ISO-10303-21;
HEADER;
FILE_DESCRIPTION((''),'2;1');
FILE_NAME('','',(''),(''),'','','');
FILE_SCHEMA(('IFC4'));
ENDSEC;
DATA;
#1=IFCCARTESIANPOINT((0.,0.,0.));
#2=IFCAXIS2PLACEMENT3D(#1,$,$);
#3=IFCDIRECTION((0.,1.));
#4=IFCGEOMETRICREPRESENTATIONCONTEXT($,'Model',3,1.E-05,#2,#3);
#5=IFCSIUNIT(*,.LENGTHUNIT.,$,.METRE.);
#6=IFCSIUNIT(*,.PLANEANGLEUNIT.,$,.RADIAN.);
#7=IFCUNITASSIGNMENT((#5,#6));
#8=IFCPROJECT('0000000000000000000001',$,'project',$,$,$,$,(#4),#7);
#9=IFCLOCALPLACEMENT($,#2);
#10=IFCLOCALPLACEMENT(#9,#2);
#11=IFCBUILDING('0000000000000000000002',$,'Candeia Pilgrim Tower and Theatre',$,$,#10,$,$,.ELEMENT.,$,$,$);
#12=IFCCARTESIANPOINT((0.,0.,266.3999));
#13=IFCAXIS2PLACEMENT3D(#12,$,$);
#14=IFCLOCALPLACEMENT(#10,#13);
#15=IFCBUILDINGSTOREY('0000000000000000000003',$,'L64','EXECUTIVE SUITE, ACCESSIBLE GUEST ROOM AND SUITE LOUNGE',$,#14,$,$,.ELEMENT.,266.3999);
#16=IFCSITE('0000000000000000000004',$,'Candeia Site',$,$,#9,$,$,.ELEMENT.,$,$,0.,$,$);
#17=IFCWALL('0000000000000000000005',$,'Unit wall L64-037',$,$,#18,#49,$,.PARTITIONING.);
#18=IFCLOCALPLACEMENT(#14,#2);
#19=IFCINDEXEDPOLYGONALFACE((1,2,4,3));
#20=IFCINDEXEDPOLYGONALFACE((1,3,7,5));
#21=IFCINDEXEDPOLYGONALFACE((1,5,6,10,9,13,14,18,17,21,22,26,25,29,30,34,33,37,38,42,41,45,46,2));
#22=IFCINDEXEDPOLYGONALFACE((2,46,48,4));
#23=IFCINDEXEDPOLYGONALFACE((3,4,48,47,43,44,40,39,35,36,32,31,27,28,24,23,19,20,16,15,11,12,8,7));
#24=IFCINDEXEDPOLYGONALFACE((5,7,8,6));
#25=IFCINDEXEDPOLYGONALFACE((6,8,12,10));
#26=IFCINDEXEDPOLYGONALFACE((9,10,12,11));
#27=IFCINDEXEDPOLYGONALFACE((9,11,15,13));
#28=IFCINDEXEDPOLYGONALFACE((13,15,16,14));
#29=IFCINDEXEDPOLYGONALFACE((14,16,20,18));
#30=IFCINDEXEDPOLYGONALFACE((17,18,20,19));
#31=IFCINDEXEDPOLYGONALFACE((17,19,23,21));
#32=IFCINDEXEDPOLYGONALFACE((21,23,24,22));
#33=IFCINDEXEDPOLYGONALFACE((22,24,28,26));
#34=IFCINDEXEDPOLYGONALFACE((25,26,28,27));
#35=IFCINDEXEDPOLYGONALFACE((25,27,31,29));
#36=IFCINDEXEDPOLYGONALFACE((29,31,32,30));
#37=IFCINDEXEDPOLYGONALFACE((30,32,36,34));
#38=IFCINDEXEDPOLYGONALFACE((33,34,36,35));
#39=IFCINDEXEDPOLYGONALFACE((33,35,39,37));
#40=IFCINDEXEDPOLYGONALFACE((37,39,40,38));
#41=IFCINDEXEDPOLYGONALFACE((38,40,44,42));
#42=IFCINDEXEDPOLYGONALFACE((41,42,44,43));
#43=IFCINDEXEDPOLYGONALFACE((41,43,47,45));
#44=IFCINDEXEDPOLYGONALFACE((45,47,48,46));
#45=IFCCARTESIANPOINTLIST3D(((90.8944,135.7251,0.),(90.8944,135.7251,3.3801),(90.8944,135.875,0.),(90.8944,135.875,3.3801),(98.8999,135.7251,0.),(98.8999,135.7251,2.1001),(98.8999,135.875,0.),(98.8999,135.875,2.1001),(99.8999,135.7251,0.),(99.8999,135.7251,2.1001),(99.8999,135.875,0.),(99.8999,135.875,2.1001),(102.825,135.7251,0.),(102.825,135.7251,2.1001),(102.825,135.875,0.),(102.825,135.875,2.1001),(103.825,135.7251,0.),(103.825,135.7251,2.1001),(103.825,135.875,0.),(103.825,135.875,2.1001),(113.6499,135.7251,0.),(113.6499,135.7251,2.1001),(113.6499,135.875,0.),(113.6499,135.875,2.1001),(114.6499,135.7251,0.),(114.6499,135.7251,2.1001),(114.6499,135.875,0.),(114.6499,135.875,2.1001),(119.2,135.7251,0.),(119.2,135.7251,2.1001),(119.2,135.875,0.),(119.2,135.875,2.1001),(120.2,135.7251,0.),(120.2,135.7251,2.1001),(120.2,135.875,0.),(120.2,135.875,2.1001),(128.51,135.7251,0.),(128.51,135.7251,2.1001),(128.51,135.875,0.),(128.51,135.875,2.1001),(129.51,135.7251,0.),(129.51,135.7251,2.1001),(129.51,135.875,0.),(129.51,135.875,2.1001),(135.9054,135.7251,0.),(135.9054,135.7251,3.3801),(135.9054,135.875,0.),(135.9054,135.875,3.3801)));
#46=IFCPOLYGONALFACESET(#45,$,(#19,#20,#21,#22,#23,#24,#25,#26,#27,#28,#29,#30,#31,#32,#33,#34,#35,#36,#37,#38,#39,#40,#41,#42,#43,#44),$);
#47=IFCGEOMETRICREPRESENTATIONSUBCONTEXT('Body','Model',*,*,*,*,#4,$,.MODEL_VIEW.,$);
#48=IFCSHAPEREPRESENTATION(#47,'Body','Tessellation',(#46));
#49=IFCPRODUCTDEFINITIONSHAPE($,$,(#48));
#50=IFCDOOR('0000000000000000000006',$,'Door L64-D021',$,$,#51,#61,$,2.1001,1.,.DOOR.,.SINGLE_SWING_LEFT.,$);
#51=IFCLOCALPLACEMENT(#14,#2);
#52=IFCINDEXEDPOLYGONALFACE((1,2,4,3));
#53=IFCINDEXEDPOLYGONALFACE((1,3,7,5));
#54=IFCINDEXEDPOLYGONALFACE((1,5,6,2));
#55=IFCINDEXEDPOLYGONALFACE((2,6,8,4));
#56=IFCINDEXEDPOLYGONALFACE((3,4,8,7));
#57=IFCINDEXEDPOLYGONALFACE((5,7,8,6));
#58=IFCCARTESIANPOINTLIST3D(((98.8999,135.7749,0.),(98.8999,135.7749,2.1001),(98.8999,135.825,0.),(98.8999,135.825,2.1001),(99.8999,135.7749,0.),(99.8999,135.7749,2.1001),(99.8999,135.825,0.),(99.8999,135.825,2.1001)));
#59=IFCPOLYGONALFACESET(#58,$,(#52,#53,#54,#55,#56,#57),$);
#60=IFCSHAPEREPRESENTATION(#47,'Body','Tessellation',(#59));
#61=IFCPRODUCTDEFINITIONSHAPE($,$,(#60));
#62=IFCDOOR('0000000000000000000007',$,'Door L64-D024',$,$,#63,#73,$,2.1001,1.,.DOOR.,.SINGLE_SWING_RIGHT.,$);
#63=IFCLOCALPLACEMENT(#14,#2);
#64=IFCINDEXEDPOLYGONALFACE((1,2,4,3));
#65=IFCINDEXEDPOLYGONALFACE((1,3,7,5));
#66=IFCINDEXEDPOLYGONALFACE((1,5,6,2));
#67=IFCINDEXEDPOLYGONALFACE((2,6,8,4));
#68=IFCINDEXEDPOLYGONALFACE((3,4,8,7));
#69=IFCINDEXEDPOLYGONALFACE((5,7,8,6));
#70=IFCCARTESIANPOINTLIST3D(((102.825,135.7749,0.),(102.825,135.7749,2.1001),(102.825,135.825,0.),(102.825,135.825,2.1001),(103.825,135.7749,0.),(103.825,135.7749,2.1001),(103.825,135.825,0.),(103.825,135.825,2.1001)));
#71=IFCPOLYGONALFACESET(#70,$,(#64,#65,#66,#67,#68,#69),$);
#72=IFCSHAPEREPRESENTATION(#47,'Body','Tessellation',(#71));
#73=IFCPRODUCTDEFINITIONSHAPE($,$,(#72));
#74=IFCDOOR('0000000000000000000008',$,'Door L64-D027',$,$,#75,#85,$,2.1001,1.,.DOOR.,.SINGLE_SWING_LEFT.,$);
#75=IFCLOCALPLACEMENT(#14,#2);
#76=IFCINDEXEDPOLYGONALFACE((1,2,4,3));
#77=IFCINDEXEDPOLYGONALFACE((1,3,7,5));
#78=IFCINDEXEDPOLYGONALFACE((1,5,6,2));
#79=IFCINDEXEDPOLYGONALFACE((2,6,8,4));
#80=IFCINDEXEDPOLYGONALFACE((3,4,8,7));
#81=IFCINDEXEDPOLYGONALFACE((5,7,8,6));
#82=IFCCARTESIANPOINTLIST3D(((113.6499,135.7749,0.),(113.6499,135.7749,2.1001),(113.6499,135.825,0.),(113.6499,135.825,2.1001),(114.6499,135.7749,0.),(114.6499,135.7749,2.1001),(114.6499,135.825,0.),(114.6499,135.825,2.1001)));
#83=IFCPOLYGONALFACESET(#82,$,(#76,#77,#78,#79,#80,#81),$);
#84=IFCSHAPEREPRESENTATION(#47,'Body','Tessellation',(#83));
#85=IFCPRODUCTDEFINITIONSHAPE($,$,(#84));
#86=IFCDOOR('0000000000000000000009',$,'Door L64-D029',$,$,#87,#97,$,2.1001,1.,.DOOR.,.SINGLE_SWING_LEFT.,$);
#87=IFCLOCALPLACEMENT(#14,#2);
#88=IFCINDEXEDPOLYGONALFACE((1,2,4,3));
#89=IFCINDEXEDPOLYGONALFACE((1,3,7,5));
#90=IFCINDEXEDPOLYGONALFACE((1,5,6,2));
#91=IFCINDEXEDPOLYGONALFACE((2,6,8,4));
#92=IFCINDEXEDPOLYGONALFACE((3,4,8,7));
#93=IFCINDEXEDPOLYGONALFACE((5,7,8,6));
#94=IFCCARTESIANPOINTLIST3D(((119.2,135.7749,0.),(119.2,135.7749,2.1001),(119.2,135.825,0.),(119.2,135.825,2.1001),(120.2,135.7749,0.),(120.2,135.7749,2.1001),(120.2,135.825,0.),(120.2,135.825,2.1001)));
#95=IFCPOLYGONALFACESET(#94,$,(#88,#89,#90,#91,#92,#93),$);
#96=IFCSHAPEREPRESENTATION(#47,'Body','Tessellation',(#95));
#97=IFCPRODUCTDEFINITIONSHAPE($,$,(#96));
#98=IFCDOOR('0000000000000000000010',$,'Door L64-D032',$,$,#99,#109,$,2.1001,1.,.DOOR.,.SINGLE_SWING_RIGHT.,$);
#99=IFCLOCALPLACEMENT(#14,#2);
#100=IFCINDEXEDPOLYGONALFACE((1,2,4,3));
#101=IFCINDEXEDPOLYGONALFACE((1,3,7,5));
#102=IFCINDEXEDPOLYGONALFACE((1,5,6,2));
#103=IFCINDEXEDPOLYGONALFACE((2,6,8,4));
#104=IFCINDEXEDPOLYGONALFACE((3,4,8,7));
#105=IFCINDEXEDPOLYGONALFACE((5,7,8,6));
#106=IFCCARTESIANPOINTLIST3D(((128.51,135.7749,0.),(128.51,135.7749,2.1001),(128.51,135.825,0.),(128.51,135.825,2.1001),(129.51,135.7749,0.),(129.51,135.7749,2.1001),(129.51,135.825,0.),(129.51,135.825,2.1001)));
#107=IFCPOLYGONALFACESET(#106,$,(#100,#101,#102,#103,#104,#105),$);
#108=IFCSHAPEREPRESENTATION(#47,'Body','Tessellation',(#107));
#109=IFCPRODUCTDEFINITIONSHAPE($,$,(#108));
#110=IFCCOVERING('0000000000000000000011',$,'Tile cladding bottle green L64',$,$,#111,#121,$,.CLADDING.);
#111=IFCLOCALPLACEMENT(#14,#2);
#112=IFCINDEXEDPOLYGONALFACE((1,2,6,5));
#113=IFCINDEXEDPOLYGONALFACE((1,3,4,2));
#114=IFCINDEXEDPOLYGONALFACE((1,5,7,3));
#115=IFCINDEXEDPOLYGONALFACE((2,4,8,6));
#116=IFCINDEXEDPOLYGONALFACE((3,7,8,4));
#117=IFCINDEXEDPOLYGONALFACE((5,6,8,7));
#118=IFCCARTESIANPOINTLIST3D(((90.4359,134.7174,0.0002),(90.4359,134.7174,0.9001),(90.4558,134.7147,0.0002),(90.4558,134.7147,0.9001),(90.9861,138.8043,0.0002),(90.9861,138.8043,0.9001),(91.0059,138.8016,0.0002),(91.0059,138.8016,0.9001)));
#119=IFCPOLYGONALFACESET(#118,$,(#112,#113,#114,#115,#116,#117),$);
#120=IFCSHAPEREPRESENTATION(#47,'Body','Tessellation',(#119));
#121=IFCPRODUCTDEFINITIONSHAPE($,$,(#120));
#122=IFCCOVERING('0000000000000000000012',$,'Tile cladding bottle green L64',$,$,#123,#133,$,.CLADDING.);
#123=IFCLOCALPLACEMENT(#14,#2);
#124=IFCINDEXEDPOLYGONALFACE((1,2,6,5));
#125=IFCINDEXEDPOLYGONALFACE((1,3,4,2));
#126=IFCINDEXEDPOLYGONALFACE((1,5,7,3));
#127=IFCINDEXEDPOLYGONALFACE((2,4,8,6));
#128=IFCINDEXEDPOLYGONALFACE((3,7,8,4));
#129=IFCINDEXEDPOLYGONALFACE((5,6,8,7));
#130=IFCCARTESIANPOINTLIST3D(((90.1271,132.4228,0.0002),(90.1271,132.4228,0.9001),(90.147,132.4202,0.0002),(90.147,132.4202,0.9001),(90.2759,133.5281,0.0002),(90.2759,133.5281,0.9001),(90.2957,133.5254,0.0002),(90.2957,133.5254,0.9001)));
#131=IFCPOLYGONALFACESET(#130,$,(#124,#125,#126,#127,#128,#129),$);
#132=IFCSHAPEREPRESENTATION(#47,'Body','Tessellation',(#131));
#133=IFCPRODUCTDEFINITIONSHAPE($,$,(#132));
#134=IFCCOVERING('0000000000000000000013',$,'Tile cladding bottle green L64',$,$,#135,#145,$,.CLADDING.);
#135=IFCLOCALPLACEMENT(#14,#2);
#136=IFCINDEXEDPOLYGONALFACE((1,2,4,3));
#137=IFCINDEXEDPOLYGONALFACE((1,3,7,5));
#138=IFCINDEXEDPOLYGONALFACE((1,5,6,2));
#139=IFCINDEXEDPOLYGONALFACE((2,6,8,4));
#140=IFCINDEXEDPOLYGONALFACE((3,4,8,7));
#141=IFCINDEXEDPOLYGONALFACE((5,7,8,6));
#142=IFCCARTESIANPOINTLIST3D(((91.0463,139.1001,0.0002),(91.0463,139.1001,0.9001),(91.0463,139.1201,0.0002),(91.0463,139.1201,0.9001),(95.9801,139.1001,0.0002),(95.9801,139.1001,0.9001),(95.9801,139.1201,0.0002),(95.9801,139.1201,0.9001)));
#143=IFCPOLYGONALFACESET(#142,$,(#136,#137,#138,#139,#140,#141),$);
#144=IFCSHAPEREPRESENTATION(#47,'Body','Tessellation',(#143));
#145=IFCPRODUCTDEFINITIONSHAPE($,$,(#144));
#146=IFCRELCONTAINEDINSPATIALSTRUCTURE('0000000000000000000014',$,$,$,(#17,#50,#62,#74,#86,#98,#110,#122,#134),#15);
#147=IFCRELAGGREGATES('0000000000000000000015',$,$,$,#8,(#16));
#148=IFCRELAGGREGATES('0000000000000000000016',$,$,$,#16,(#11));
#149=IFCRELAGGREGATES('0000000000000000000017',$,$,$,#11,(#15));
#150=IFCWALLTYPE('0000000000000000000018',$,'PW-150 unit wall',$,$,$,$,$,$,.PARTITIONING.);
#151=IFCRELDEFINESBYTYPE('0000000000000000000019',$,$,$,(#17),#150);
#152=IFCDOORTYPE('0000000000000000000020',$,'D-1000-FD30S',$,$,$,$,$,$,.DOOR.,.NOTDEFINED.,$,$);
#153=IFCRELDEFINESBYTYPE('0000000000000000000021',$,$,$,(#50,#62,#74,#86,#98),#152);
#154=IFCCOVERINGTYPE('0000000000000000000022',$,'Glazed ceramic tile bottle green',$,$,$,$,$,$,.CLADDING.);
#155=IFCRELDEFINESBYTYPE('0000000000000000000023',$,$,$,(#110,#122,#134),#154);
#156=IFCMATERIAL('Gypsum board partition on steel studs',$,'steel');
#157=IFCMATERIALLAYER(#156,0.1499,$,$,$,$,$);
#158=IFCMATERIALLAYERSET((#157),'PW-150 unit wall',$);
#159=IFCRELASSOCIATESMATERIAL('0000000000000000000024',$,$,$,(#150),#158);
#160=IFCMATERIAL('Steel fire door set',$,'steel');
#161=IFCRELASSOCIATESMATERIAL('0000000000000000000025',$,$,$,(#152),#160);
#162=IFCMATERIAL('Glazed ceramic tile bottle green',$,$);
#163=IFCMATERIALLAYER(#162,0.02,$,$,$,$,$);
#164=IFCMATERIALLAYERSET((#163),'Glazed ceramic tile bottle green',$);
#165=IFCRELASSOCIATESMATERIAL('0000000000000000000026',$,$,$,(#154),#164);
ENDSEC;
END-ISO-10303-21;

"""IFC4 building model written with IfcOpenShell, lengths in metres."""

from ifc_helpers import new_model, si_unit, direction, frame, frame_2d, origin, origin_2d, place, context, subcontext, project, spatial, rectangle, extrude, material, layer, layer_set, type_object, element, fill, save


model = new_model("IFC4")

# Units and contexts
model_context = context("Model", 3, precision=1e-05, world=origin(), true_north=direction((0.0, 1.0)))
body_context = subcontext(model_context, "Body", "Model", "MODEL_VIEW")
ifc_project = project(units=[si_unit("LENGTHUNIT", "METRE"), si_unit("PLANEANGLEUNIT", "RADIAN")], contexts=[model_context])

# Site, building, storey
site_placement = place(None, origin())
site = spatial("IfcSite", under=ifc_project, at=site_placement, Name="Candeia Site", CompositionType="ELEMENT", RefElevation=0.0)
building_placement = place(site_placement, origin())
building = spatial("IfcBuilding", under=site, at=building_placement, Name="Candeia Pilgrim Tower and Theatre", CompositionType="ELEMENT")
storey_placement = place(building_placement, frame((0.0, 0.0, 266.3999)))
storey = spatial("IfcBuildingStorey", under=building, at=storey_placement, Name="L64", Description="EXECUTIVE SUITE, ACCESSIBLE GUEST ROOM AND SUITE LOUNGE", CompositionType="ELEMENT", Elevation=266.3999)

# Shared definitions
ifc_material_1 = material(Name="Gypsum board partition on steel studs", Category="steel")

# Wall, openings, doors
ifc_layer_1 = layer(ifc_material_1, 0.1499)
ifc_layer_set_1 = layer_set([ifc_layer_1], Name="PW-150 unit wall")
wall_type_1 = type_object("IfcWallType", Name="PW-150 unit wall", PredefinedType="PARTITIONING", material=ifc_layer_set_1)
wall_1_placement = place(storey_placement, frame((90.8945, 135.8, 0.0), z_axis=(0.0, 0.0, 1.0), x_axis=(1.0, 0.0, 0.0)))
wall_1 = element("IfcWall", 1, at=wall_1_placement, inside=storey, type_object=wall_type_1, Name="Unit wall L64-037", PredefinedType="PARTITIONING", context=body_context, shape_type="SweptSolid", body=[
    extrude(rectangle(XDim=45.011, YDim=0.1499, at=frame_2d((22.5054, 0.0))), origin(), (0.0, 0.0, 1.0), 3.3801),
])
opening_1_placement = place(wall_1_placement, frame((8.0054, 0.0, 0.0)))
opening_1 = element("IfcOpeningElement", 2, at=opening_1_placement, cuts=wall_1, PredefinedType="OPENING", context=body_context, shape_type="SweptSolid", body=[
    extrude(rectangle(XDim=1.0, YDim=2.1001, at=frame_2d((0.5, 1.05))), frame((0.0, 0.085, 0.0), z_axis=(0.0, -1.0, 0.0), x_axis=(1.0, 0.0, 0.0)), (0.0, 0.0, 1.0), 0.1699),
])
opening_2_placement = place(wall_1_placement, frame((11.9304, 0.0, 0.0)))
opening_2 = element("IfcOpeningElement", 3, at=opening_2_placement, cuts=wall_1, PredefinedType="OPENING", context=body_context, shape_type="SweptSolid", body=[
    extrude(rectangle(XDim=1.0, YDim=2.1001, at=frame_2d((0.5, 1.05))), frame((0.0, 0.085, 0.0), z_axis=(0.0, -1.0, 0.0), x_axis=(1.0, 0.0, 0.0)), (0.0, 0.0, 1.0), 0.1699),
])
opening_3_placement = place(wall_1_placement, frame((22.7554, 0.0, 0.0)))
opening_3 = element("IfcOpeningElement", 4, at=opening_3_placement, cuts=wall_1, PredefinedType="OPENING", context=body_context, shape_type="SweptSolid", body=[
    extrude(rectangle(XDim=1.0, YDim=2.1001, at=frame_2d((0.5, 1.05))), frame((0.0, 0.085, 0.0), z_axis=(0.0, -1.0, 0.0), x_axis=(1.0, 0.0, 0.0)), (0.0, 0.0, 1.0), 0.1699),
])
opening_4_placement = place(wall_1_placement, frame((28.3054, 0.0, 0.0)))
opening_4 = element("IfcOpeningElement", 5, at=opening_4_placement, cuts=wall_1, PredefinedType="OPENING", context=body_context, shape_type="SweptSolid", body=[
    extrude(rectangle(XDim=1.0, YDim=2.1001, at=frame_2d((0.5, 1.05))), frame((0.0, 0.085, 0.0), z_axis=(0.0, -1.0, 0.0), x_axis=(1.0, 0.0, 0.0)), (0.0, 0.0, 1.0), 0.1699),
])
opening_5_placement = place(wall_1_placement, frame((37.6155, 0.0, 0.0)))
opening_5 = element("IfcOpeningElement", 6, at=opening_5_placement, cuts=wall_1, PredefinedType="OPENING", context=body_context, shape_type="SweptSolid", body=[
    extrude(rectangle(XDim=1.0, YDim=2.1001, at=frame_2d((0.5, 1.05))), frame((0.0, 0.085, 0.0), z_axis=(0.0, -1.0, 0.0), x_axis=(1.0, 0.0, 0.0)), (0.0, 0.0, 1.0), 0.1699),
])
ifc_material_2 = material(Name="Steel fire door set", Category="steel")
door_type_1 = type_object("IfcDoorType", Name="D-1000-FD30S", OperationType="NOTDEFINED", PredefinedType="DOOR", material=ifc_material_2)
door_1_placement = place(opening_1_placement, origin())
door_1 = element("IfcDoor", 7, at=door_1_placement, inside=storey, type_object=door_type_1, Name="Door L64-D021", OperationType="SINGLE_SWING_LEFT", OverallHeight=2.1001, OverallWidth=1.0, PredefinedType="DOOR", context=body_context, shape_type="SweptSolid", body=[
    extrude(rectangle(XDim=1.0, YDim=2.1001, at=frame_2d((0.5, 1.05))), frame((0.0, 0.0249, 0.0), z_axis=(0.0, -1.0, 0.0), x_axis=(1.0, 0.0, 0.0)), (0.0, 0.0, 1.0), 0.05),
])
fill(opening_1, door_1)
door_2_placement = place(opening_2_placement, origin())
door_2 = element("IfcDoor", 8, at=door_2_placement, inside=storey, type_object=door_type_1, Name="Door L64-D024", OperationType="SINGLE_SWING_RIGHT", OverallHeight=2.1001, OverallWidth=1.0, PredefinedType="DOOR", context=body_context, shape_type="SweptSolid", body=[
    extrude(rectangle(XDim=1.0, YDim=2.1001, at=frame_2d((0.5, 1.05))), frame((0.0, 0.0249, 0.0), z_axis=(0.0, -1.0, 0.0), x_axis=(1.0, 0.0, 0.0)), (0.0, 0.0, 1.0), 0.05),
])
fill(opening_2, door_2)
door_3_placement = place(opening_3_placement, origin())
door_3 = element("IfcDoor", 9, at=door_3_placement, inside=storey, type_object=door_type_1, Name="Door L64-D027", OperationType="SINGLE_SWING_LEFT", OverallHeight=2.1001, OverallWidth=1.0, PredefinedType="DOOR", context=body_context, shape_type="SweptSolid", body=[
    extrude(rectangle(XDim=1.0, YDim=2.1001, at=frame_2d((0.5, 1.05))), frame((0.0, 0.0249, 0.0), z_axis=(0.0, -1.0, 0.0), x_axis=(1.0, 0.0, 0.0)), (0.0, 0.0, 1.0), 0.05),
])
fill(opening_3, door_3)
door_4_placement = place(opening_4_placement, origin())
door_4 = element("IfcDoor", 10, at=door_4_placement, inside=storey, type_object=door_type_1, Name="Door L64-D029", OperationType="SINGLE_SWING_LEFT", OverallHeight=2.1001, OverallWidth=1.0, PredefinedType="DOOR", context=body_context, shape_type="SweptSolid", body=[
    extrude(rectangle(XDim=1.0, YDim=2.1001, at=frame_2d((0.5, 1.05))), frame((0.0, 0.0249, 0.0), z_axis=(0.0, -1.0, 0.0), x_axis=(1.0, 0.0, 0.0)), (0.0, 0.0, 1.0), 0.05),
])
fill(opening_4, door_4)
door_5_placement = place(opening_5_placement, origin())
door_5 = element("IfcDoor", 11, at=door_5_placement, inside=storey, type_object=door_type_1, Name="Door L64-D032", OperationType="SINGLE_SWING_RIGHT", OverallHeight=2.1001, OverallWidth=1.0, PredefinedType="DOOR", context=body_context, shape_type="SweptSolid", body=[
    extrude(rectangle(XDim=1.0, YDim=2.1001, at=frame_2d((0.5, 1.05))), frame((0.0, 0.0249, 0.0), z_axis=(0.0, -1.0, 0.0), x_axis=(1.0, 0.0, 0.0)), (0.0, 0.0, 1.0), 0.05),
])
fill(opening_5, door_5)

# Coverings
ifc_material_3 = material(Name="Glazed ceramic tile bottle green")
ifc_layer_2 = layer(ifc_material_3, 0.02)
ifc_layer_set_2 = layer_set([ifc_layer_2], Name="Glazed ceramic tile bottle green")
covering_type = type_object("IfcCoveringType", Name="Glazed ceramic tile bottle green", PredefinedType="CLADDING", material=ifc_layer_set_2)
covering_1_placement = place(storey_placement, frame((90.7209, 136.7595, 0.0002), z_axis=(0.0, 0.0, 1.0), x_axis=(-0.133412, -0.991061, 0.0)))
element("IfcCovering", 12, at=covering_1_placement, inside=storey, type_object=covering_type, Name="Tile cladding bottle green L64", PredefinedType="CLADDING", context=body_context, shape_type="SweptSolid", body=[
    extrude(rectangle(XDim=4.1238, YDim=0.02, at=origin_2d()), origin(), (0.0, 0.0, 1.0), 0.8999),
])
covering_2_placement = place(storey_placement, frame((90.2114, 132.9741, 0.0002), z_axis=(0.0, 0.0, 1.0), x_axis=(-0.133412, -0.991061, 0.0)))
element("IfcCovering", 13, at=covering_2_placement, inside=storey, type_object=covering_type, Name="Tile cladding bottle green L64", PredefinedType="CLADDING", context=body_context, shape_type="SweptSolid", body=[
    extrude(rectangle(XDim=1.1152, YDim=0.02, at=origin_2d()), origin(), (0.0, 0.0, 1.0), 0.8999),
])
covering_3_placement = place(storey_placement, frame((93.5132, 139.1101, 0.0002), z_axis=(0.0, 0.0, 1.0), x_axis=(-1.0, 0.0, 0.0)))
element("IfcCovering", 14, at=covering_3_placement, inside=storey, type_object=covering_type, Name="Tile cladding bottle green L64", PredefinedType="CLADDING", context=body_context, shape_type="SweptSolid", body=[
    extrude(rectangle(XDim=4.9338, YDim=0.02, at=origin_2d()), origin(), (0.0, 0.0, 1.0), 0.8999),
])

save(model, "model.ifc")
